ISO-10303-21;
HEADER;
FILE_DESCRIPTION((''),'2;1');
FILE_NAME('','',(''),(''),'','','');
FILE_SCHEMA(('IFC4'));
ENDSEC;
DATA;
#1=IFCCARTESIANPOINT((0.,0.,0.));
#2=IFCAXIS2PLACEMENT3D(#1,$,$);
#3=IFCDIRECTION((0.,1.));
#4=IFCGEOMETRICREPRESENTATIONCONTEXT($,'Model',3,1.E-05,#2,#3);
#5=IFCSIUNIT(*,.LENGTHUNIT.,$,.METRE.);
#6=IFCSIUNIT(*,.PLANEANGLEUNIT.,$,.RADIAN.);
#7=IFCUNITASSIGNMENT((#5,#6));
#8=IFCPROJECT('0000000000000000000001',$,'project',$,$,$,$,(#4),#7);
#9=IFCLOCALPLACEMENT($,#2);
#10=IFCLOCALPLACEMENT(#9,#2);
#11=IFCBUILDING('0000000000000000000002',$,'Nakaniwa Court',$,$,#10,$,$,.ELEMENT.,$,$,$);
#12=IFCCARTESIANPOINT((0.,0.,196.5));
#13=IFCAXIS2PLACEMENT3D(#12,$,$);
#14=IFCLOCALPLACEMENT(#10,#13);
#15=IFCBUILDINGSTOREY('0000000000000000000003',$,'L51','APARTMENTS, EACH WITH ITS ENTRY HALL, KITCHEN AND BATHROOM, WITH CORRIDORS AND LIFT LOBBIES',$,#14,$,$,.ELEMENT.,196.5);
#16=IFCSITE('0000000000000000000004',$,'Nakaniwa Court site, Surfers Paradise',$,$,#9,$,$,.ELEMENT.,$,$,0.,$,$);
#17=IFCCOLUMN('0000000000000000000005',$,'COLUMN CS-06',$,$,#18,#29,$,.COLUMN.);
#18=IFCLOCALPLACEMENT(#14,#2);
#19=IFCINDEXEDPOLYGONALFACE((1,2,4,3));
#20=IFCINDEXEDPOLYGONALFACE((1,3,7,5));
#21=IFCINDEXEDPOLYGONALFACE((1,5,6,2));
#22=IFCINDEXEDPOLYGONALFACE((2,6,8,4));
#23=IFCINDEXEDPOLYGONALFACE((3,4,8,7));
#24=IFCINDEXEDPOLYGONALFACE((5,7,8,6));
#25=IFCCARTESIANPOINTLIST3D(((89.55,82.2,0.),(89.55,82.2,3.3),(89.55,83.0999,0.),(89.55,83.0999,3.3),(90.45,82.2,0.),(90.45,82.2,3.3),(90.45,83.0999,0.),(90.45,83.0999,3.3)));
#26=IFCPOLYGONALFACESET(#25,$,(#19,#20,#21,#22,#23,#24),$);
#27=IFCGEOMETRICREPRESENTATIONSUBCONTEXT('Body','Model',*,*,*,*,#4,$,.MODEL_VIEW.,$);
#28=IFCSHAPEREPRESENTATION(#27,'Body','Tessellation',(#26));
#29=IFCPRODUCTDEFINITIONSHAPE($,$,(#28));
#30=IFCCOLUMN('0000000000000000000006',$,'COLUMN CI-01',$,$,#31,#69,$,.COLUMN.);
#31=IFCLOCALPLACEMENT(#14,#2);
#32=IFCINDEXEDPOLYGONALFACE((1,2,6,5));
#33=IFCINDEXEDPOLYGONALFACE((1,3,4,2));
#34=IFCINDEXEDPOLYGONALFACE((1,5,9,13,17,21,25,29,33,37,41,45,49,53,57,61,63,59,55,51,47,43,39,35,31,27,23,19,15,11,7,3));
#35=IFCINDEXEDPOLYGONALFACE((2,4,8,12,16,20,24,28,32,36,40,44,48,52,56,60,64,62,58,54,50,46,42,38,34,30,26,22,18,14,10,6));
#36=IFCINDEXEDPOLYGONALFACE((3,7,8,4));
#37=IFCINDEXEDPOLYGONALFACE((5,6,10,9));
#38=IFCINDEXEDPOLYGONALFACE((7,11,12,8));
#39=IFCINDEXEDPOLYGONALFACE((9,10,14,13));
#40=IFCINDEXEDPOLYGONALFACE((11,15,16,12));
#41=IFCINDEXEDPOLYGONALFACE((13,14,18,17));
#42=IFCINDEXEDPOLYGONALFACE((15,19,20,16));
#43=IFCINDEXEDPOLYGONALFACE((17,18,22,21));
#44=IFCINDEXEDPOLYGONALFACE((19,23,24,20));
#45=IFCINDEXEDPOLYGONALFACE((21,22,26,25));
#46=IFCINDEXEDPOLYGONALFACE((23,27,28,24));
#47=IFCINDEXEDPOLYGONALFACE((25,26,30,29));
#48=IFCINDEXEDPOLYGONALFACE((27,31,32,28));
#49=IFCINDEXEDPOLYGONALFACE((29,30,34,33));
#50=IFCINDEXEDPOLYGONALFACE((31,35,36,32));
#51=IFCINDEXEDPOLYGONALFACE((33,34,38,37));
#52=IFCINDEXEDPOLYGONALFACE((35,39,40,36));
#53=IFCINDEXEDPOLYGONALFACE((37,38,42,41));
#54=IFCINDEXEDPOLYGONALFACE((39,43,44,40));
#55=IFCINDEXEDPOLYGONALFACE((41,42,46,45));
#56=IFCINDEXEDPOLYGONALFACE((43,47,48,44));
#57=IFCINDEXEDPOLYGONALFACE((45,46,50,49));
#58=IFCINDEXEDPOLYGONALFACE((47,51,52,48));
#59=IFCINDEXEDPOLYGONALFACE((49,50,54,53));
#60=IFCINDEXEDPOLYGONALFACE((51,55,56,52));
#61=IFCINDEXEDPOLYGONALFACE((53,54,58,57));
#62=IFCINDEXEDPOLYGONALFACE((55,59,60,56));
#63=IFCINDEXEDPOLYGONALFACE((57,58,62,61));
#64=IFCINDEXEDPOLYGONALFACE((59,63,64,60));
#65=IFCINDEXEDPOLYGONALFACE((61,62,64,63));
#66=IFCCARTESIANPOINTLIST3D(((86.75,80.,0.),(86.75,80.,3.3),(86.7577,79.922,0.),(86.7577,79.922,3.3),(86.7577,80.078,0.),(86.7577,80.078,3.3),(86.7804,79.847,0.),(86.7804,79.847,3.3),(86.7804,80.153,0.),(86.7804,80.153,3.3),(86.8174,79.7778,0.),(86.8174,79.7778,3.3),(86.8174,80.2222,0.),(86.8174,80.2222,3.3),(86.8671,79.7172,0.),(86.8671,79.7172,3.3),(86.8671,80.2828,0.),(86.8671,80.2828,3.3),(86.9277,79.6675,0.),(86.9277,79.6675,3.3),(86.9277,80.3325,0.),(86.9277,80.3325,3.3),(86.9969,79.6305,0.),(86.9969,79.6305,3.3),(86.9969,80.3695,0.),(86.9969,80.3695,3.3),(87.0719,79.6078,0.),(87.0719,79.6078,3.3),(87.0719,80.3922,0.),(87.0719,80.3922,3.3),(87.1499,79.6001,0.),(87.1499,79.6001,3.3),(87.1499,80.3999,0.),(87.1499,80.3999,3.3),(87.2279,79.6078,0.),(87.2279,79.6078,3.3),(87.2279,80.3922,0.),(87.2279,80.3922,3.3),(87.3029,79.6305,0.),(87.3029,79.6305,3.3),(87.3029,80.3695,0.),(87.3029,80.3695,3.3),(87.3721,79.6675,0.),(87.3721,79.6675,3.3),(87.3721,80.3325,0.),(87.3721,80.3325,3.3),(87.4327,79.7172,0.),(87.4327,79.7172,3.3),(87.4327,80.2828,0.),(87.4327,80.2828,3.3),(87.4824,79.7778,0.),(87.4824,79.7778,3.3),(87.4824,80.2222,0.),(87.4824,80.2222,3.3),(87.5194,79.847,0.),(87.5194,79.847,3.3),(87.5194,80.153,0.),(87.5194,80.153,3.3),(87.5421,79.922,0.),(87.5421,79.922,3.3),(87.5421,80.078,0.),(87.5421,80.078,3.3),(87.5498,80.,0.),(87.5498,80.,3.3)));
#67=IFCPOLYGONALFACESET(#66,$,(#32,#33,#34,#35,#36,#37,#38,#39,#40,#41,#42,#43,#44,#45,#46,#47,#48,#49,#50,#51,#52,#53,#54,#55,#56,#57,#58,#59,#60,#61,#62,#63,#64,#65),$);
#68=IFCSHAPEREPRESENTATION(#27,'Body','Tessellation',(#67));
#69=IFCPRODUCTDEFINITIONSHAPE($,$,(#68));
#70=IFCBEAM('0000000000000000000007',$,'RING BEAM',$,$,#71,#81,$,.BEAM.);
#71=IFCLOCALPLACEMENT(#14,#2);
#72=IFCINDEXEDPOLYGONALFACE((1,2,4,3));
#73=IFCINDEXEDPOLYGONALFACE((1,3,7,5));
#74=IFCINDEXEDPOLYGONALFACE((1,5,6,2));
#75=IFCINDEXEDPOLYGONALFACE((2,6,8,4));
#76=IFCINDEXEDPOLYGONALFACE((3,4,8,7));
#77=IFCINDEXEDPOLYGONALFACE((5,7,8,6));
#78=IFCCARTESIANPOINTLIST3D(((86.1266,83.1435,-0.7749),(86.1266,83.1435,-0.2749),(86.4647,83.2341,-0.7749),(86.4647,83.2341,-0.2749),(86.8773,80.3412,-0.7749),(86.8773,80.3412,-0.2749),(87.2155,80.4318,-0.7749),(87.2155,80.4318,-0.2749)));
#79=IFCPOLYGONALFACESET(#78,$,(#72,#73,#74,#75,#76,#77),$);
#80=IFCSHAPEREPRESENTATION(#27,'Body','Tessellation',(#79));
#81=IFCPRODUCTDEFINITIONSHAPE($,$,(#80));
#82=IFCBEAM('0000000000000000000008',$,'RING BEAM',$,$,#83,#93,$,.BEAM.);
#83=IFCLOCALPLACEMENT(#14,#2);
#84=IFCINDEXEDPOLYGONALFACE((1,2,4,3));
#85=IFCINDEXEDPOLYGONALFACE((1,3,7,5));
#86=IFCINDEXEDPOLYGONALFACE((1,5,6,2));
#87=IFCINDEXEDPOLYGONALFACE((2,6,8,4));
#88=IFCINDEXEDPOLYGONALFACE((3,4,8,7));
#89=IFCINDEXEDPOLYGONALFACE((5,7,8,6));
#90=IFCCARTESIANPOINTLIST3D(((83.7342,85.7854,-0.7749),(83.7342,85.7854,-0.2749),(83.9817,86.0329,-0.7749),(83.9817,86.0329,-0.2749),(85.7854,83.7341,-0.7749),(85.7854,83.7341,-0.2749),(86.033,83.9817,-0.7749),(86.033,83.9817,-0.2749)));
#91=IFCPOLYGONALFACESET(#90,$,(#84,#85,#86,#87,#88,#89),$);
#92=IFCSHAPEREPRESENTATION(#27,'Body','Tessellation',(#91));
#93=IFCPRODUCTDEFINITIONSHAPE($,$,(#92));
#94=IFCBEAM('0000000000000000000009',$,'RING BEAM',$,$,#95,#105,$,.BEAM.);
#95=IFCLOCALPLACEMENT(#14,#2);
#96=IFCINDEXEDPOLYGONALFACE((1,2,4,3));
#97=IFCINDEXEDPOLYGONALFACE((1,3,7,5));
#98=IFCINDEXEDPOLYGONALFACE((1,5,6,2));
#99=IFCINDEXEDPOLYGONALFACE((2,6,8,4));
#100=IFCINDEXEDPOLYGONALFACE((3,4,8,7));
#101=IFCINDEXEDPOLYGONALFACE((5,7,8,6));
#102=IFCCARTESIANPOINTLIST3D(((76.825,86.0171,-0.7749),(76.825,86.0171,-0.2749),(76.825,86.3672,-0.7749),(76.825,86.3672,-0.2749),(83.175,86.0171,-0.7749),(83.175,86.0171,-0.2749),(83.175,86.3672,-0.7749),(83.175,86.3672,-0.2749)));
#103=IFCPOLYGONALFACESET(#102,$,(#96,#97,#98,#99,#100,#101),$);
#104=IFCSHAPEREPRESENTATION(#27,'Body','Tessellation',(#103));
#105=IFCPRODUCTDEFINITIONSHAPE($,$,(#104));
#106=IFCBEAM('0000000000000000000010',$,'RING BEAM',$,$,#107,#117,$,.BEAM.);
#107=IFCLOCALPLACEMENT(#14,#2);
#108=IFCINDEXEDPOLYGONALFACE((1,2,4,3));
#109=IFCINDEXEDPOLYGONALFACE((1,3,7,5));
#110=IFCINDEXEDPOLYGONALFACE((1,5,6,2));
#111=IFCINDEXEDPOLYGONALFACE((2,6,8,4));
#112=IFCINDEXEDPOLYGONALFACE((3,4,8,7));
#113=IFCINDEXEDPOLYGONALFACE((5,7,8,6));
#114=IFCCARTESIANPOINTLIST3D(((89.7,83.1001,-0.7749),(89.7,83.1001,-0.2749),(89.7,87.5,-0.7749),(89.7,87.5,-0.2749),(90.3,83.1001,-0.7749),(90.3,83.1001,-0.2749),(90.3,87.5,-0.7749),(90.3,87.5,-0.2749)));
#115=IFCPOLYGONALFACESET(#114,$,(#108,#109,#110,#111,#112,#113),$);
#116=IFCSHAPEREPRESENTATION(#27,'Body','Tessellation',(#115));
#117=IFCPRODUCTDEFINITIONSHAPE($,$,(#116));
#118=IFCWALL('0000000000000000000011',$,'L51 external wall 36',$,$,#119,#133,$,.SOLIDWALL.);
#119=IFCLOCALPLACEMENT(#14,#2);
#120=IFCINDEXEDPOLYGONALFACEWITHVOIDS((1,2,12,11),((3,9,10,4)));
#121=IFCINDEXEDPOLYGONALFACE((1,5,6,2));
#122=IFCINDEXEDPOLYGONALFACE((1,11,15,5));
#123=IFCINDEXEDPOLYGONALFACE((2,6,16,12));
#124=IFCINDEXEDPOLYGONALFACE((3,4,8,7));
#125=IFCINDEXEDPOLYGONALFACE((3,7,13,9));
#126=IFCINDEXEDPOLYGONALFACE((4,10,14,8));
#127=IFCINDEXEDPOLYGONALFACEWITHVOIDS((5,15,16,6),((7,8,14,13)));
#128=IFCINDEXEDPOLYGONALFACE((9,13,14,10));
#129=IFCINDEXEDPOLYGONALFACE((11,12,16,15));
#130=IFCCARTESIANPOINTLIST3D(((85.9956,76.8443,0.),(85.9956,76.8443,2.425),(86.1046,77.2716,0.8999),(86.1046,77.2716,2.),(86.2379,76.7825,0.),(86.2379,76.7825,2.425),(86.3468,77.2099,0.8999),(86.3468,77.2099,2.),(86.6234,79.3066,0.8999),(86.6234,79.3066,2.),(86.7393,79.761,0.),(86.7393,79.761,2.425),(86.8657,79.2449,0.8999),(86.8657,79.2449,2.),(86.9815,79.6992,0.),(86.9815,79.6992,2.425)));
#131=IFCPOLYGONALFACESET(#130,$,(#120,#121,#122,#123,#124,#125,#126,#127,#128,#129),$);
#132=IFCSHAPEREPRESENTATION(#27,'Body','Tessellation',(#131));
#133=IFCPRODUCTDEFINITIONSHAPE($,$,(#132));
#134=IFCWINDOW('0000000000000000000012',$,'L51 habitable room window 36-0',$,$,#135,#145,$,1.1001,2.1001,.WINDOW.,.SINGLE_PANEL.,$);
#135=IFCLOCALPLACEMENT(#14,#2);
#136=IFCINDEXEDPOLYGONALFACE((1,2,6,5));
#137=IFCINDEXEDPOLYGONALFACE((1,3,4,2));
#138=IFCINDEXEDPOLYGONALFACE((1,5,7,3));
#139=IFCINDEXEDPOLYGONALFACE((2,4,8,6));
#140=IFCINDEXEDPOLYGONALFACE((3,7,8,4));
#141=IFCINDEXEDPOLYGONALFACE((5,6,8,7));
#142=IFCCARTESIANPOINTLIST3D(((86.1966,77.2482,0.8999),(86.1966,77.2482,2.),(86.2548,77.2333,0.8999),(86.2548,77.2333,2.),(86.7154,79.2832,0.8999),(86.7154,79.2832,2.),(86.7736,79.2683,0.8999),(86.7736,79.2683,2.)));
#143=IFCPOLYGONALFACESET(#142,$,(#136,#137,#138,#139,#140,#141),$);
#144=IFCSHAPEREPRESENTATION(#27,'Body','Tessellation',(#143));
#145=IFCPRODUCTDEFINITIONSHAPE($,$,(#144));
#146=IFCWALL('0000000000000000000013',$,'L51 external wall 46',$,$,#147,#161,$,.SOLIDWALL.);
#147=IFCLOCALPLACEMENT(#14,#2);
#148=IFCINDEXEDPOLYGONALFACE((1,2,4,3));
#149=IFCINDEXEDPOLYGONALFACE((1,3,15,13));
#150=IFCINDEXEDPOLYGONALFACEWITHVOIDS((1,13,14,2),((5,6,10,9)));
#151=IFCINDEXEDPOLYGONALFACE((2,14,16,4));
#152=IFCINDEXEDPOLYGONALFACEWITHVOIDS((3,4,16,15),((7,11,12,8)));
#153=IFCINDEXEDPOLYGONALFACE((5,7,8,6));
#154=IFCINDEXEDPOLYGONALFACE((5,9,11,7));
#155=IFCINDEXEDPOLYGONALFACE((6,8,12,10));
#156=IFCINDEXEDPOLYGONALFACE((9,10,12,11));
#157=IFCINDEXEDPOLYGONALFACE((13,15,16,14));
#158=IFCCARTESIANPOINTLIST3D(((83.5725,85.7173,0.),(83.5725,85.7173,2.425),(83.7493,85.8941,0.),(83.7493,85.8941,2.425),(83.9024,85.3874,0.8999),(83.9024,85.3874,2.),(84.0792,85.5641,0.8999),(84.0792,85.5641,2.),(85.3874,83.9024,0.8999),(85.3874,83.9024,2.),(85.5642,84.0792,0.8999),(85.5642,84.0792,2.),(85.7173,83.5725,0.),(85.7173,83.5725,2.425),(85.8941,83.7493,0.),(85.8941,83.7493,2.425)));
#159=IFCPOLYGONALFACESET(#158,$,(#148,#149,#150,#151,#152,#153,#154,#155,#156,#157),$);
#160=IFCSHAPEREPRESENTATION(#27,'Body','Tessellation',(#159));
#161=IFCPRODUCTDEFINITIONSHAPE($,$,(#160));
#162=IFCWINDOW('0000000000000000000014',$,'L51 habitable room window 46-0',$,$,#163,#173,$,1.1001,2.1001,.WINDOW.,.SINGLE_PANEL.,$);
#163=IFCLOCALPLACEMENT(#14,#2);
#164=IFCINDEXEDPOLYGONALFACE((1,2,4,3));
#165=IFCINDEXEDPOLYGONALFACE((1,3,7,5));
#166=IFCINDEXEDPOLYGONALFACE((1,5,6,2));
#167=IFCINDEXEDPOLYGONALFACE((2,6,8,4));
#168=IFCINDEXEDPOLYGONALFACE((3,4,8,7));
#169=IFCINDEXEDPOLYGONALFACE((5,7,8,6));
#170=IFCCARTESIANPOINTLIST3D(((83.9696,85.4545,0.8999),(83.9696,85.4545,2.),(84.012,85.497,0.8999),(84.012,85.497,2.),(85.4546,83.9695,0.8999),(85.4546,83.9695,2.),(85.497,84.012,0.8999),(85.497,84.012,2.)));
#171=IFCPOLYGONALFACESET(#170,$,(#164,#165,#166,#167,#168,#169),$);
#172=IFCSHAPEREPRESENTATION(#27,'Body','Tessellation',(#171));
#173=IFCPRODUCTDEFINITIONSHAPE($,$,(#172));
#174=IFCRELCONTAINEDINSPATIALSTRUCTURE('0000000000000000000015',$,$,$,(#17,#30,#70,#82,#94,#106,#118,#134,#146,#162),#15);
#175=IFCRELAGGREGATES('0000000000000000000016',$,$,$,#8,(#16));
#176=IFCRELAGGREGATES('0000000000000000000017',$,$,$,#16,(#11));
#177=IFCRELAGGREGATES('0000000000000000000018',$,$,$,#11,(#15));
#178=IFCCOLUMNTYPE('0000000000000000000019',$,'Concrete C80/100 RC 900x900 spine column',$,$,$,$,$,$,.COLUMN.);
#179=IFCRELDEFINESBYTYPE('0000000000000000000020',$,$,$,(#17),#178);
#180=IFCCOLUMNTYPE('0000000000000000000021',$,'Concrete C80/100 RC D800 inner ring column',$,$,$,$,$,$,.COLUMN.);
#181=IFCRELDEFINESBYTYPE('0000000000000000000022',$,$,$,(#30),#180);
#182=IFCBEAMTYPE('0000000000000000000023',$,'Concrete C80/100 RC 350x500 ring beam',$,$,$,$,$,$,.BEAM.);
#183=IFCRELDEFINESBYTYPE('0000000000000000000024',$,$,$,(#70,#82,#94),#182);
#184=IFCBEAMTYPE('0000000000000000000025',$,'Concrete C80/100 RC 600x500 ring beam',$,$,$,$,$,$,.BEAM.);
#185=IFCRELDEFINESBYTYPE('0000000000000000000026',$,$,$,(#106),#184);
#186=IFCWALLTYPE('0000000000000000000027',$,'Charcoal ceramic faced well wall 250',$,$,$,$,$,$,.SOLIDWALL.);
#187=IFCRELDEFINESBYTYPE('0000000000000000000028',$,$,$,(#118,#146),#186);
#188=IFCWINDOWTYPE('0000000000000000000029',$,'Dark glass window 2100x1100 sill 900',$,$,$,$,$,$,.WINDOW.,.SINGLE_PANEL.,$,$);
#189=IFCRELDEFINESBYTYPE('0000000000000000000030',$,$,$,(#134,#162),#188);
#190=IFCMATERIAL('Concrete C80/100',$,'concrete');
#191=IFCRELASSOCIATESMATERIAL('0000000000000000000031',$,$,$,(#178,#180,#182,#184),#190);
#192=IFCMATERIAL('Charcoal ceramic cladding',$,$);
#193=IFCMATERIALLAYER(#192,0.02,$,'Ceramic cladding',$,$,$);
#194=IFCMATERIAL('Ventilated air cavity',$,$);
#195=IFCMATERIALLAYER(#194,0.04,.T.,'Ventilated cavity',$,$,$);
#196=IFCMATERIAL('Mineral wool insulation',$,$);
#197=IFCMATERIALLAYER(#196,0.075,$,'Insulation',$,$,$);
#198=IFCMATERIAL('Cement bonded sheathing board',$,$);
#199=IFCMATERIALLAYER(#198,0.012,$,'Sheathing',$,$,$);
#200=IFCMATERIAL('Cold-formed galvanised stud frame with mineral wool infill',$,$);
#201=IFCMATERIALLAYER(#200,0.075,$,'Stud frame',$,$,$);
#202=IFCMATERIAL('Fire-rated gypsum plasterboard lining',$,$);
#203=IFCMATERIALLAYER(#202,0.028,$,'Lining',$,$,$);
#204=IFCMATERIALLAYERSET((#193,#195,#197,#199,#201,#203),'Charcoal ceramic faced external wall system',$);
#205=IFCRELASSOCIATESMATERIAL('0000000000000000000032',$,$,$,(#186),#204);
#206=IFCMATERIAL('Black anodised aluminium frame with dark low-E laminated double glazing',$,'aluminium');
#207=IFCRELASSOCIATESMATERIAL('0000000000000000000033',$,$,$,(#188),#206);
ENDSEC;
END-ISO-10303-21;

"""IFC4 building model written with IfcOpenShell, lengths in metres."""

from ifc_helpers import new_model, si_unit, direction, frame, frame_2d, origin, origin_2d, place, context, subcontext, project, spatial, rectangle, circle, extrude, material, layer, layer_set, material_profile, profile_set, type_object, element, fill, save


model = new_model("IFC4")

# Units and contexts
model_context = context("Model", 3, precision=1e-05, world=origin(), true_north=direction((0.0, 1.0)))
body_context = subcontext(model_context, "Body", "Model", "MODEL_VIEW")
ifc_project = project(units=[si_unit("LENGTHUNIT", "METRE"), si_unit("PLANEANGLEUNIT", "RADIAN")], contexts=[model_context])

# Site, building, storey
site_placement = place(None, origin())
site = spatial("IfcSite", under=ifc_project, at=site_placement, Name="Nakaniwa Court site, Surfers Paradise", CompositionType="ELEMENT", RefElevation=0.0)
building_placement = place(site_placement, origin())
building = spatial("IfcBuilding", under=site, at=building_placement, Name="Nakaniwa Court", CompositionType="ELEMENT")
storey_placement = place(building_placement, frame((0.0, 0.0, 196.5)))
storey = spatial("IfcBuildingStorey", under=building, at=storey_placement, Name="L51", Description="APARTMENTS, EACH WITH ITS ENTRY HALL, KITCHEN AND BATHROOM, WITH CORRIDORS AND LIFT LOBBIES", CompositionType="ELEMENT", Elevation=196.5)

# Columns
ifc_material_1 = material(Name="Concrete C80/100", Category="concrete")
ifc_material_profile_1 = material_profile(ifc_material_1, rectangle(XDim=0.8999, YDim=0.8999, at=origin_2d()), Name="Concrete C80/100 RC 900x900 spine column")
ifc_profile_set_1 = profile_set([ifc_material_profile_1], Name="Concrete C80/100")
column_type_1 = type_object("IfcColumnType", Name="Concrete C80/100 RC 900x900 spine column", PredefinedType="COLUMN", material=ifc_profile_set_1)
column_placement = place(storey_placement, frame((90.0, 82.6499, 0.0), z_axis=(0.0, 0.0, 1.0), x_axis=(0.0, 1.0, 0.0)))
element("IfcColumn", 1, at=column_placement, inside=storey, type_object=column_type_1, Name="COLUMN CS-06", PredefinedType="COLUMN", context=body_context, shape_type="SweptSolid", body=[
    extrude(rectangle(XDim=0.8999, YDim=0.8999, at=origin_2d()), origin(), (0.0, 0.0, 1.0), 3.3),
])
ifc_material_profile_2 = material_profile(ifc_material_1, circle(Radius=0.3999, at=origin_2d()), Name="Concrete C80/100 RC D800 inner ring column")
ifc_profile_set_2 = profile_set([ifc_material_profile_2], Name="Concrete C80/100")
column_type_2 = type_object("IfcColumnType", Name="Concrete C80/100 RC D800 inner ring column", PredefinedType="COLUMN", material=ifc_profile_set_2)
for number, where, z_axis, x_axis, name in (
    (2, (87.1499, 80.0, 0.0), (0.0, 0.0, 1.0), (0.0, 1.0, 0.0), "COLUMN CI-01"),
):
    element("IfcColumn", number, at=place(storey_placement, frame(where, z_axis=z_axis, x_axis=x_axis)), inside=storey, type_object=column_type_2, Name=name, PredefinedType="COLUMN", context=body_context, shape_type="SweptSolid", body=[
        extrude(circle(Radius=0.3999, at=origin_2d()), origin(), (0.0, 0.0, 1.0), 3.3),
    ])

# Beams
ifc_material_profile_3 = material_profile(ifc_material_1, rectangle(XDim=0.3501, YDim=0.5, at=origin_2d()), Name="Concrete C80/100 RC 350x500 ring beam")
ifc_profile_set_3 = profile_set([ifc_material_profile_3], Name="Concrete C80/100")
beam_type_1 = type_object("IfcBeamType", Name="Concrete C80/100 RC 350x500 ring beam", PredefinedType="BEAM", material=ifc_profile_set_3)
beam_1_placement = place(storey_placement, frame((87.0464, 80.3865, -0.5249), z_axis=(-0.258778, 0.965937, 0.0), x_axis=(-0.965937, -0.258778, 0.0)))
element("IfcBeam", 3, at=beam_1_placement, inside=storey, type_object=beam_type_1, Name="RING BEAM", PredefinedType="BEAM", context=body_context, shape_type="SweptSolid", body=[
    extrude(rectangle(XDim=0.3501, YDim=0.5, at=origin_2d()), origin(), (0.0, 0.0, 1.0), 2.9011),
])
beam_2_placement = place(storey_placement, frame((85.9092, 83.8579, -0.5249), z_axis=(-0.707107, 0.707107, 0.0), x_axis=(-0.707107, -0.707107, 0.0)))
element("IfcBeam", 4, at=beam_2_placement, inside=storey, type_object=beam_type_1, Name="RING BEAM", PredefinedType="BEAM", context=body_context, shape_type="SweptSolid", body=[
    extrude(rectangle(XDim=0.3501, YDim=0.5, at=origin_2d()), origin(), (0.0, 0.0, 1.0), 2.9009),
])
beam_3_placement = place(storey_placement, frame((83.175, 86.1921, -0.5249), z_axis=(-1.0, 0.0, 0.0), x_axis=(0.0, -1.0, 0.0)))
element("IfcBeam", 5, at=beam_3_placement, inside=storey, type_object=beam_type_1, Name="RING BEAM", PredefinedType="BEAM", context=body_context, shape_type="SweptSolid", body=[
    extrude(rectangle(XDim=0.3501, YDim=0.5, at=origin_2d()), origin(), (0.0, 0.0, 1.0), 6.3501),
])
ifc_material_profile_4 = material_profile(ifc_material_1, rectangle(XDim=0.6001, YDim=0.5, at=origin_2d()), Name="Concrete C80/100 RC 600x500 ring beam")
ifc_profile_set_4 = profile_set([ifc_material_profile_4], Name="Concrete C80/100")
beam_type_2 = type_object("IfcBeamType", Name="Concrete C80/100 RC 600x500 ring beam", PredefinedType="BEAM", material=ifc_profile_set_4)
beam_4_placement = place(storey_placement, frame((90.0, 83.1001, -0.5249), z_axis=(0.0, 1.0, 0.0), x_axis=(-1.0, 0.0, 0.0)))
element("IfcBeam", 6, at=beam_4_placement, inside=storey, type_object=beam_type_2, Name="RING BEAM", PredefinedType="BEAM", context=body_context, shape_type="SweptSolid", body=[
    extrude(rectangle(XDim=0.6001, YDim=0.5, at=origin_2d()), origin(), (0.0, 0.0, 1.0), 4.3999),
])

# Walls, openings, windows
ifc_material_2 = material(Name="Charcoal ceramic cladding")
ifc_layer_1 = layer(ifc_material_2, 0.02, Name="Ceramic cladding")
ifc_material_3 = material(Name="Ventilated air cavity")
ifc_layer_2 = layer(ifc_material_3, 0.04, ventilated=True, Name="Ventilated cavity")
ifc_material_4 = material(Name="Mineral wool insulation")
ifc_layer_3 = layer(ifc_material_4, 0.075, Name="Insulation")
ifc_material_5 = material(Name="Cement bonded sheathing board")
ifc_layer_4 = layer(ifc_material_5, 0.012, Name="Sheathing")
ifc_material_6 = material(Name="Cold-formed galvanised stud frame with mineral wool infill")
ifc_layer_5 = layer(ifc_material_6, 0.075, Name="Stud frame")
ifc_material_7 = material(Name="Fire-rated gypsum plasterboard lining")
ifc_layer_6 = layer(ifc_material_7, 0.028, Name="Lining")
ifc_layer_set_1 = layer_set([ifc_layer_1, ifc_layer_2, ifc_layer_3, ifc_layer_4, ifc_layer_5, ifc_layer_6], Name="Charcoal ceramic faced external wall system")
wall_type_1 = type_object("IfcWallType", Name="Charcoal ceramic faced well wall 250", PredefinedType="SOLIDWALL", material=ifc_layer_set_1)
wall_1_placement = place(storey_placement, frame((86.8604, 79.73, 0.0), z_axis=(0.0, 0.0, 1.0), x_axis=(-0.247056, -0.969001, 0.0)))
wall_1 = element("IfcWall", 7, at=wall_1_placement, inside=storey, type_object=wall_type_1, Name="L51 external wall 36", PredefinedType="SOLIDWALL", context=body_context, shape_type="SweptSolid", body=[
    extrude(rectangle(XDim=3.01, YDim=0.25, at=frame_2d((1.5049, 0.0))), origin(), (0.0, 0.0, 1.0), 2.425),
])
opening_1_placement = place(wall_1_placement, frame((0.4688, 0.0, 0.8999)))
opening_1 = element("IfcOpeningElement", 8, at=opening_1_placement, cuts=wall_1, PredefinedType="OPENING", context=body_context, shape_type="SweptSolid", body=[
    extrude(rectangle(XDim=2.1001, YDim=1.1001, at=frame_2d((1.05, 0.55))), frame((0.0, 0.135, 0.0), z_axis=(0.0, -1.0, 0.0), x_axis=(1.0, 0.0, 0.0)), (0.0, 0.0, 1.0), 0.27),
])
ifc_material_8 = material(Name="Black anodised aluminium frame with dark low-E laminated double glazing", Category="aluminium")
window_type = type_object("IfcWindowType", Name="Dark glass window 2100x1100 sill 900", PartitioningType="SINGLE_PANEL", PredefinedType="WINDOW", material=ifc_material_8)
window_1_placement = place(opening_1_placement, origin())
window_1 = element("IfcWindow", 9, at=window_1_placement, inside=storey, type_object=window_type, Name="L51 habitable room window 36-0", OverallHeight=1.1001, OverallWidth=2.1001, PartitioningType="SINGLE_PANEL", PredefinedType="WINDOW", context=body_context, shape_type="SweptSolid", body=[
    extrude(rectangle(XDim=2.1001, YDim=1.1001, at=frame_2d((1.05, 0.55))), frame((0.0, 0.03, 0.0), z_axis=(0.0, -1.0, 0.0), x_axis=(1.0, 0.0, 0.0)), (0.0, 0.0, 1.0), 0.0601),
])
fill(opening_1, window_1)
wall_2_placement = place(storey_placement, frame((83.6609, 85.8057, 0.0), z_axis=(0.0, 0.0, 1.0), x_axis=(0.707107, -0.707107, 0.0)))
wall_2 = element("IfcWall", 10, at=wall_2_placement, inside=storey, type_object=wall_type_1, Name="L51 external wall 46", PredefinedType="SOLIDWALL", context=body_context, shape_type="SweptSolid", body=[
    extrude(rectangle(XDim=3.0332, YDim=0.25, at=frame_2d((1.5166, 0.0))), origin(), (0.0, 0.0, 1.0), 2.425),
])
opening_2_placement = place(wall_2_placement, frame((0.4666, 0.0, 0.8999)))
opening_2 = element("IfcOpeningElement", 11, at=opening_2_placement, cuts=wall_2, PredefinedType="OPENING", context=body_context, shape_type="SweptSolid", body=[
    extrude(rectangle(XDim=2.1001, YDim=1.1001, at=frame_2d((1.05, 0.55))), frame((0.0, 0.135, 0.0), z_axis=(0.0, -1.0, 0.0), x_axis=(1.0, 0.0, 0.0)), (0.0, 0.0, 1.0), 0.27),
])
window_2_placement = place(opening_2_placement, origin())
window_2 = element("IfcWindow", 12, at=window_2_placement, inside=storey, type_object=window_type, Name="L51 habitable room window 46-0", OverallHeight=1.1001, OverallWidth=2.1001, PartitioningType="SINGLE_PANEL", PredefinedType="WINDOW", context=body_context, shape_type="SweptSolid", body=[
    extrude(rectangle(XDim=2.1001, YDim=1.1001, at=frame_2d((1.05, 0.55))), frame((0.0, 0.03, 0.0), z_axis=(0.0, -1.0, 0.0), x_axis=(1.0, 0.0, 0.0)), (0.0, 0.0, 1.0), 0.0601),
])
fill(opening_2, window_2)

save(model, "model.ifc")
